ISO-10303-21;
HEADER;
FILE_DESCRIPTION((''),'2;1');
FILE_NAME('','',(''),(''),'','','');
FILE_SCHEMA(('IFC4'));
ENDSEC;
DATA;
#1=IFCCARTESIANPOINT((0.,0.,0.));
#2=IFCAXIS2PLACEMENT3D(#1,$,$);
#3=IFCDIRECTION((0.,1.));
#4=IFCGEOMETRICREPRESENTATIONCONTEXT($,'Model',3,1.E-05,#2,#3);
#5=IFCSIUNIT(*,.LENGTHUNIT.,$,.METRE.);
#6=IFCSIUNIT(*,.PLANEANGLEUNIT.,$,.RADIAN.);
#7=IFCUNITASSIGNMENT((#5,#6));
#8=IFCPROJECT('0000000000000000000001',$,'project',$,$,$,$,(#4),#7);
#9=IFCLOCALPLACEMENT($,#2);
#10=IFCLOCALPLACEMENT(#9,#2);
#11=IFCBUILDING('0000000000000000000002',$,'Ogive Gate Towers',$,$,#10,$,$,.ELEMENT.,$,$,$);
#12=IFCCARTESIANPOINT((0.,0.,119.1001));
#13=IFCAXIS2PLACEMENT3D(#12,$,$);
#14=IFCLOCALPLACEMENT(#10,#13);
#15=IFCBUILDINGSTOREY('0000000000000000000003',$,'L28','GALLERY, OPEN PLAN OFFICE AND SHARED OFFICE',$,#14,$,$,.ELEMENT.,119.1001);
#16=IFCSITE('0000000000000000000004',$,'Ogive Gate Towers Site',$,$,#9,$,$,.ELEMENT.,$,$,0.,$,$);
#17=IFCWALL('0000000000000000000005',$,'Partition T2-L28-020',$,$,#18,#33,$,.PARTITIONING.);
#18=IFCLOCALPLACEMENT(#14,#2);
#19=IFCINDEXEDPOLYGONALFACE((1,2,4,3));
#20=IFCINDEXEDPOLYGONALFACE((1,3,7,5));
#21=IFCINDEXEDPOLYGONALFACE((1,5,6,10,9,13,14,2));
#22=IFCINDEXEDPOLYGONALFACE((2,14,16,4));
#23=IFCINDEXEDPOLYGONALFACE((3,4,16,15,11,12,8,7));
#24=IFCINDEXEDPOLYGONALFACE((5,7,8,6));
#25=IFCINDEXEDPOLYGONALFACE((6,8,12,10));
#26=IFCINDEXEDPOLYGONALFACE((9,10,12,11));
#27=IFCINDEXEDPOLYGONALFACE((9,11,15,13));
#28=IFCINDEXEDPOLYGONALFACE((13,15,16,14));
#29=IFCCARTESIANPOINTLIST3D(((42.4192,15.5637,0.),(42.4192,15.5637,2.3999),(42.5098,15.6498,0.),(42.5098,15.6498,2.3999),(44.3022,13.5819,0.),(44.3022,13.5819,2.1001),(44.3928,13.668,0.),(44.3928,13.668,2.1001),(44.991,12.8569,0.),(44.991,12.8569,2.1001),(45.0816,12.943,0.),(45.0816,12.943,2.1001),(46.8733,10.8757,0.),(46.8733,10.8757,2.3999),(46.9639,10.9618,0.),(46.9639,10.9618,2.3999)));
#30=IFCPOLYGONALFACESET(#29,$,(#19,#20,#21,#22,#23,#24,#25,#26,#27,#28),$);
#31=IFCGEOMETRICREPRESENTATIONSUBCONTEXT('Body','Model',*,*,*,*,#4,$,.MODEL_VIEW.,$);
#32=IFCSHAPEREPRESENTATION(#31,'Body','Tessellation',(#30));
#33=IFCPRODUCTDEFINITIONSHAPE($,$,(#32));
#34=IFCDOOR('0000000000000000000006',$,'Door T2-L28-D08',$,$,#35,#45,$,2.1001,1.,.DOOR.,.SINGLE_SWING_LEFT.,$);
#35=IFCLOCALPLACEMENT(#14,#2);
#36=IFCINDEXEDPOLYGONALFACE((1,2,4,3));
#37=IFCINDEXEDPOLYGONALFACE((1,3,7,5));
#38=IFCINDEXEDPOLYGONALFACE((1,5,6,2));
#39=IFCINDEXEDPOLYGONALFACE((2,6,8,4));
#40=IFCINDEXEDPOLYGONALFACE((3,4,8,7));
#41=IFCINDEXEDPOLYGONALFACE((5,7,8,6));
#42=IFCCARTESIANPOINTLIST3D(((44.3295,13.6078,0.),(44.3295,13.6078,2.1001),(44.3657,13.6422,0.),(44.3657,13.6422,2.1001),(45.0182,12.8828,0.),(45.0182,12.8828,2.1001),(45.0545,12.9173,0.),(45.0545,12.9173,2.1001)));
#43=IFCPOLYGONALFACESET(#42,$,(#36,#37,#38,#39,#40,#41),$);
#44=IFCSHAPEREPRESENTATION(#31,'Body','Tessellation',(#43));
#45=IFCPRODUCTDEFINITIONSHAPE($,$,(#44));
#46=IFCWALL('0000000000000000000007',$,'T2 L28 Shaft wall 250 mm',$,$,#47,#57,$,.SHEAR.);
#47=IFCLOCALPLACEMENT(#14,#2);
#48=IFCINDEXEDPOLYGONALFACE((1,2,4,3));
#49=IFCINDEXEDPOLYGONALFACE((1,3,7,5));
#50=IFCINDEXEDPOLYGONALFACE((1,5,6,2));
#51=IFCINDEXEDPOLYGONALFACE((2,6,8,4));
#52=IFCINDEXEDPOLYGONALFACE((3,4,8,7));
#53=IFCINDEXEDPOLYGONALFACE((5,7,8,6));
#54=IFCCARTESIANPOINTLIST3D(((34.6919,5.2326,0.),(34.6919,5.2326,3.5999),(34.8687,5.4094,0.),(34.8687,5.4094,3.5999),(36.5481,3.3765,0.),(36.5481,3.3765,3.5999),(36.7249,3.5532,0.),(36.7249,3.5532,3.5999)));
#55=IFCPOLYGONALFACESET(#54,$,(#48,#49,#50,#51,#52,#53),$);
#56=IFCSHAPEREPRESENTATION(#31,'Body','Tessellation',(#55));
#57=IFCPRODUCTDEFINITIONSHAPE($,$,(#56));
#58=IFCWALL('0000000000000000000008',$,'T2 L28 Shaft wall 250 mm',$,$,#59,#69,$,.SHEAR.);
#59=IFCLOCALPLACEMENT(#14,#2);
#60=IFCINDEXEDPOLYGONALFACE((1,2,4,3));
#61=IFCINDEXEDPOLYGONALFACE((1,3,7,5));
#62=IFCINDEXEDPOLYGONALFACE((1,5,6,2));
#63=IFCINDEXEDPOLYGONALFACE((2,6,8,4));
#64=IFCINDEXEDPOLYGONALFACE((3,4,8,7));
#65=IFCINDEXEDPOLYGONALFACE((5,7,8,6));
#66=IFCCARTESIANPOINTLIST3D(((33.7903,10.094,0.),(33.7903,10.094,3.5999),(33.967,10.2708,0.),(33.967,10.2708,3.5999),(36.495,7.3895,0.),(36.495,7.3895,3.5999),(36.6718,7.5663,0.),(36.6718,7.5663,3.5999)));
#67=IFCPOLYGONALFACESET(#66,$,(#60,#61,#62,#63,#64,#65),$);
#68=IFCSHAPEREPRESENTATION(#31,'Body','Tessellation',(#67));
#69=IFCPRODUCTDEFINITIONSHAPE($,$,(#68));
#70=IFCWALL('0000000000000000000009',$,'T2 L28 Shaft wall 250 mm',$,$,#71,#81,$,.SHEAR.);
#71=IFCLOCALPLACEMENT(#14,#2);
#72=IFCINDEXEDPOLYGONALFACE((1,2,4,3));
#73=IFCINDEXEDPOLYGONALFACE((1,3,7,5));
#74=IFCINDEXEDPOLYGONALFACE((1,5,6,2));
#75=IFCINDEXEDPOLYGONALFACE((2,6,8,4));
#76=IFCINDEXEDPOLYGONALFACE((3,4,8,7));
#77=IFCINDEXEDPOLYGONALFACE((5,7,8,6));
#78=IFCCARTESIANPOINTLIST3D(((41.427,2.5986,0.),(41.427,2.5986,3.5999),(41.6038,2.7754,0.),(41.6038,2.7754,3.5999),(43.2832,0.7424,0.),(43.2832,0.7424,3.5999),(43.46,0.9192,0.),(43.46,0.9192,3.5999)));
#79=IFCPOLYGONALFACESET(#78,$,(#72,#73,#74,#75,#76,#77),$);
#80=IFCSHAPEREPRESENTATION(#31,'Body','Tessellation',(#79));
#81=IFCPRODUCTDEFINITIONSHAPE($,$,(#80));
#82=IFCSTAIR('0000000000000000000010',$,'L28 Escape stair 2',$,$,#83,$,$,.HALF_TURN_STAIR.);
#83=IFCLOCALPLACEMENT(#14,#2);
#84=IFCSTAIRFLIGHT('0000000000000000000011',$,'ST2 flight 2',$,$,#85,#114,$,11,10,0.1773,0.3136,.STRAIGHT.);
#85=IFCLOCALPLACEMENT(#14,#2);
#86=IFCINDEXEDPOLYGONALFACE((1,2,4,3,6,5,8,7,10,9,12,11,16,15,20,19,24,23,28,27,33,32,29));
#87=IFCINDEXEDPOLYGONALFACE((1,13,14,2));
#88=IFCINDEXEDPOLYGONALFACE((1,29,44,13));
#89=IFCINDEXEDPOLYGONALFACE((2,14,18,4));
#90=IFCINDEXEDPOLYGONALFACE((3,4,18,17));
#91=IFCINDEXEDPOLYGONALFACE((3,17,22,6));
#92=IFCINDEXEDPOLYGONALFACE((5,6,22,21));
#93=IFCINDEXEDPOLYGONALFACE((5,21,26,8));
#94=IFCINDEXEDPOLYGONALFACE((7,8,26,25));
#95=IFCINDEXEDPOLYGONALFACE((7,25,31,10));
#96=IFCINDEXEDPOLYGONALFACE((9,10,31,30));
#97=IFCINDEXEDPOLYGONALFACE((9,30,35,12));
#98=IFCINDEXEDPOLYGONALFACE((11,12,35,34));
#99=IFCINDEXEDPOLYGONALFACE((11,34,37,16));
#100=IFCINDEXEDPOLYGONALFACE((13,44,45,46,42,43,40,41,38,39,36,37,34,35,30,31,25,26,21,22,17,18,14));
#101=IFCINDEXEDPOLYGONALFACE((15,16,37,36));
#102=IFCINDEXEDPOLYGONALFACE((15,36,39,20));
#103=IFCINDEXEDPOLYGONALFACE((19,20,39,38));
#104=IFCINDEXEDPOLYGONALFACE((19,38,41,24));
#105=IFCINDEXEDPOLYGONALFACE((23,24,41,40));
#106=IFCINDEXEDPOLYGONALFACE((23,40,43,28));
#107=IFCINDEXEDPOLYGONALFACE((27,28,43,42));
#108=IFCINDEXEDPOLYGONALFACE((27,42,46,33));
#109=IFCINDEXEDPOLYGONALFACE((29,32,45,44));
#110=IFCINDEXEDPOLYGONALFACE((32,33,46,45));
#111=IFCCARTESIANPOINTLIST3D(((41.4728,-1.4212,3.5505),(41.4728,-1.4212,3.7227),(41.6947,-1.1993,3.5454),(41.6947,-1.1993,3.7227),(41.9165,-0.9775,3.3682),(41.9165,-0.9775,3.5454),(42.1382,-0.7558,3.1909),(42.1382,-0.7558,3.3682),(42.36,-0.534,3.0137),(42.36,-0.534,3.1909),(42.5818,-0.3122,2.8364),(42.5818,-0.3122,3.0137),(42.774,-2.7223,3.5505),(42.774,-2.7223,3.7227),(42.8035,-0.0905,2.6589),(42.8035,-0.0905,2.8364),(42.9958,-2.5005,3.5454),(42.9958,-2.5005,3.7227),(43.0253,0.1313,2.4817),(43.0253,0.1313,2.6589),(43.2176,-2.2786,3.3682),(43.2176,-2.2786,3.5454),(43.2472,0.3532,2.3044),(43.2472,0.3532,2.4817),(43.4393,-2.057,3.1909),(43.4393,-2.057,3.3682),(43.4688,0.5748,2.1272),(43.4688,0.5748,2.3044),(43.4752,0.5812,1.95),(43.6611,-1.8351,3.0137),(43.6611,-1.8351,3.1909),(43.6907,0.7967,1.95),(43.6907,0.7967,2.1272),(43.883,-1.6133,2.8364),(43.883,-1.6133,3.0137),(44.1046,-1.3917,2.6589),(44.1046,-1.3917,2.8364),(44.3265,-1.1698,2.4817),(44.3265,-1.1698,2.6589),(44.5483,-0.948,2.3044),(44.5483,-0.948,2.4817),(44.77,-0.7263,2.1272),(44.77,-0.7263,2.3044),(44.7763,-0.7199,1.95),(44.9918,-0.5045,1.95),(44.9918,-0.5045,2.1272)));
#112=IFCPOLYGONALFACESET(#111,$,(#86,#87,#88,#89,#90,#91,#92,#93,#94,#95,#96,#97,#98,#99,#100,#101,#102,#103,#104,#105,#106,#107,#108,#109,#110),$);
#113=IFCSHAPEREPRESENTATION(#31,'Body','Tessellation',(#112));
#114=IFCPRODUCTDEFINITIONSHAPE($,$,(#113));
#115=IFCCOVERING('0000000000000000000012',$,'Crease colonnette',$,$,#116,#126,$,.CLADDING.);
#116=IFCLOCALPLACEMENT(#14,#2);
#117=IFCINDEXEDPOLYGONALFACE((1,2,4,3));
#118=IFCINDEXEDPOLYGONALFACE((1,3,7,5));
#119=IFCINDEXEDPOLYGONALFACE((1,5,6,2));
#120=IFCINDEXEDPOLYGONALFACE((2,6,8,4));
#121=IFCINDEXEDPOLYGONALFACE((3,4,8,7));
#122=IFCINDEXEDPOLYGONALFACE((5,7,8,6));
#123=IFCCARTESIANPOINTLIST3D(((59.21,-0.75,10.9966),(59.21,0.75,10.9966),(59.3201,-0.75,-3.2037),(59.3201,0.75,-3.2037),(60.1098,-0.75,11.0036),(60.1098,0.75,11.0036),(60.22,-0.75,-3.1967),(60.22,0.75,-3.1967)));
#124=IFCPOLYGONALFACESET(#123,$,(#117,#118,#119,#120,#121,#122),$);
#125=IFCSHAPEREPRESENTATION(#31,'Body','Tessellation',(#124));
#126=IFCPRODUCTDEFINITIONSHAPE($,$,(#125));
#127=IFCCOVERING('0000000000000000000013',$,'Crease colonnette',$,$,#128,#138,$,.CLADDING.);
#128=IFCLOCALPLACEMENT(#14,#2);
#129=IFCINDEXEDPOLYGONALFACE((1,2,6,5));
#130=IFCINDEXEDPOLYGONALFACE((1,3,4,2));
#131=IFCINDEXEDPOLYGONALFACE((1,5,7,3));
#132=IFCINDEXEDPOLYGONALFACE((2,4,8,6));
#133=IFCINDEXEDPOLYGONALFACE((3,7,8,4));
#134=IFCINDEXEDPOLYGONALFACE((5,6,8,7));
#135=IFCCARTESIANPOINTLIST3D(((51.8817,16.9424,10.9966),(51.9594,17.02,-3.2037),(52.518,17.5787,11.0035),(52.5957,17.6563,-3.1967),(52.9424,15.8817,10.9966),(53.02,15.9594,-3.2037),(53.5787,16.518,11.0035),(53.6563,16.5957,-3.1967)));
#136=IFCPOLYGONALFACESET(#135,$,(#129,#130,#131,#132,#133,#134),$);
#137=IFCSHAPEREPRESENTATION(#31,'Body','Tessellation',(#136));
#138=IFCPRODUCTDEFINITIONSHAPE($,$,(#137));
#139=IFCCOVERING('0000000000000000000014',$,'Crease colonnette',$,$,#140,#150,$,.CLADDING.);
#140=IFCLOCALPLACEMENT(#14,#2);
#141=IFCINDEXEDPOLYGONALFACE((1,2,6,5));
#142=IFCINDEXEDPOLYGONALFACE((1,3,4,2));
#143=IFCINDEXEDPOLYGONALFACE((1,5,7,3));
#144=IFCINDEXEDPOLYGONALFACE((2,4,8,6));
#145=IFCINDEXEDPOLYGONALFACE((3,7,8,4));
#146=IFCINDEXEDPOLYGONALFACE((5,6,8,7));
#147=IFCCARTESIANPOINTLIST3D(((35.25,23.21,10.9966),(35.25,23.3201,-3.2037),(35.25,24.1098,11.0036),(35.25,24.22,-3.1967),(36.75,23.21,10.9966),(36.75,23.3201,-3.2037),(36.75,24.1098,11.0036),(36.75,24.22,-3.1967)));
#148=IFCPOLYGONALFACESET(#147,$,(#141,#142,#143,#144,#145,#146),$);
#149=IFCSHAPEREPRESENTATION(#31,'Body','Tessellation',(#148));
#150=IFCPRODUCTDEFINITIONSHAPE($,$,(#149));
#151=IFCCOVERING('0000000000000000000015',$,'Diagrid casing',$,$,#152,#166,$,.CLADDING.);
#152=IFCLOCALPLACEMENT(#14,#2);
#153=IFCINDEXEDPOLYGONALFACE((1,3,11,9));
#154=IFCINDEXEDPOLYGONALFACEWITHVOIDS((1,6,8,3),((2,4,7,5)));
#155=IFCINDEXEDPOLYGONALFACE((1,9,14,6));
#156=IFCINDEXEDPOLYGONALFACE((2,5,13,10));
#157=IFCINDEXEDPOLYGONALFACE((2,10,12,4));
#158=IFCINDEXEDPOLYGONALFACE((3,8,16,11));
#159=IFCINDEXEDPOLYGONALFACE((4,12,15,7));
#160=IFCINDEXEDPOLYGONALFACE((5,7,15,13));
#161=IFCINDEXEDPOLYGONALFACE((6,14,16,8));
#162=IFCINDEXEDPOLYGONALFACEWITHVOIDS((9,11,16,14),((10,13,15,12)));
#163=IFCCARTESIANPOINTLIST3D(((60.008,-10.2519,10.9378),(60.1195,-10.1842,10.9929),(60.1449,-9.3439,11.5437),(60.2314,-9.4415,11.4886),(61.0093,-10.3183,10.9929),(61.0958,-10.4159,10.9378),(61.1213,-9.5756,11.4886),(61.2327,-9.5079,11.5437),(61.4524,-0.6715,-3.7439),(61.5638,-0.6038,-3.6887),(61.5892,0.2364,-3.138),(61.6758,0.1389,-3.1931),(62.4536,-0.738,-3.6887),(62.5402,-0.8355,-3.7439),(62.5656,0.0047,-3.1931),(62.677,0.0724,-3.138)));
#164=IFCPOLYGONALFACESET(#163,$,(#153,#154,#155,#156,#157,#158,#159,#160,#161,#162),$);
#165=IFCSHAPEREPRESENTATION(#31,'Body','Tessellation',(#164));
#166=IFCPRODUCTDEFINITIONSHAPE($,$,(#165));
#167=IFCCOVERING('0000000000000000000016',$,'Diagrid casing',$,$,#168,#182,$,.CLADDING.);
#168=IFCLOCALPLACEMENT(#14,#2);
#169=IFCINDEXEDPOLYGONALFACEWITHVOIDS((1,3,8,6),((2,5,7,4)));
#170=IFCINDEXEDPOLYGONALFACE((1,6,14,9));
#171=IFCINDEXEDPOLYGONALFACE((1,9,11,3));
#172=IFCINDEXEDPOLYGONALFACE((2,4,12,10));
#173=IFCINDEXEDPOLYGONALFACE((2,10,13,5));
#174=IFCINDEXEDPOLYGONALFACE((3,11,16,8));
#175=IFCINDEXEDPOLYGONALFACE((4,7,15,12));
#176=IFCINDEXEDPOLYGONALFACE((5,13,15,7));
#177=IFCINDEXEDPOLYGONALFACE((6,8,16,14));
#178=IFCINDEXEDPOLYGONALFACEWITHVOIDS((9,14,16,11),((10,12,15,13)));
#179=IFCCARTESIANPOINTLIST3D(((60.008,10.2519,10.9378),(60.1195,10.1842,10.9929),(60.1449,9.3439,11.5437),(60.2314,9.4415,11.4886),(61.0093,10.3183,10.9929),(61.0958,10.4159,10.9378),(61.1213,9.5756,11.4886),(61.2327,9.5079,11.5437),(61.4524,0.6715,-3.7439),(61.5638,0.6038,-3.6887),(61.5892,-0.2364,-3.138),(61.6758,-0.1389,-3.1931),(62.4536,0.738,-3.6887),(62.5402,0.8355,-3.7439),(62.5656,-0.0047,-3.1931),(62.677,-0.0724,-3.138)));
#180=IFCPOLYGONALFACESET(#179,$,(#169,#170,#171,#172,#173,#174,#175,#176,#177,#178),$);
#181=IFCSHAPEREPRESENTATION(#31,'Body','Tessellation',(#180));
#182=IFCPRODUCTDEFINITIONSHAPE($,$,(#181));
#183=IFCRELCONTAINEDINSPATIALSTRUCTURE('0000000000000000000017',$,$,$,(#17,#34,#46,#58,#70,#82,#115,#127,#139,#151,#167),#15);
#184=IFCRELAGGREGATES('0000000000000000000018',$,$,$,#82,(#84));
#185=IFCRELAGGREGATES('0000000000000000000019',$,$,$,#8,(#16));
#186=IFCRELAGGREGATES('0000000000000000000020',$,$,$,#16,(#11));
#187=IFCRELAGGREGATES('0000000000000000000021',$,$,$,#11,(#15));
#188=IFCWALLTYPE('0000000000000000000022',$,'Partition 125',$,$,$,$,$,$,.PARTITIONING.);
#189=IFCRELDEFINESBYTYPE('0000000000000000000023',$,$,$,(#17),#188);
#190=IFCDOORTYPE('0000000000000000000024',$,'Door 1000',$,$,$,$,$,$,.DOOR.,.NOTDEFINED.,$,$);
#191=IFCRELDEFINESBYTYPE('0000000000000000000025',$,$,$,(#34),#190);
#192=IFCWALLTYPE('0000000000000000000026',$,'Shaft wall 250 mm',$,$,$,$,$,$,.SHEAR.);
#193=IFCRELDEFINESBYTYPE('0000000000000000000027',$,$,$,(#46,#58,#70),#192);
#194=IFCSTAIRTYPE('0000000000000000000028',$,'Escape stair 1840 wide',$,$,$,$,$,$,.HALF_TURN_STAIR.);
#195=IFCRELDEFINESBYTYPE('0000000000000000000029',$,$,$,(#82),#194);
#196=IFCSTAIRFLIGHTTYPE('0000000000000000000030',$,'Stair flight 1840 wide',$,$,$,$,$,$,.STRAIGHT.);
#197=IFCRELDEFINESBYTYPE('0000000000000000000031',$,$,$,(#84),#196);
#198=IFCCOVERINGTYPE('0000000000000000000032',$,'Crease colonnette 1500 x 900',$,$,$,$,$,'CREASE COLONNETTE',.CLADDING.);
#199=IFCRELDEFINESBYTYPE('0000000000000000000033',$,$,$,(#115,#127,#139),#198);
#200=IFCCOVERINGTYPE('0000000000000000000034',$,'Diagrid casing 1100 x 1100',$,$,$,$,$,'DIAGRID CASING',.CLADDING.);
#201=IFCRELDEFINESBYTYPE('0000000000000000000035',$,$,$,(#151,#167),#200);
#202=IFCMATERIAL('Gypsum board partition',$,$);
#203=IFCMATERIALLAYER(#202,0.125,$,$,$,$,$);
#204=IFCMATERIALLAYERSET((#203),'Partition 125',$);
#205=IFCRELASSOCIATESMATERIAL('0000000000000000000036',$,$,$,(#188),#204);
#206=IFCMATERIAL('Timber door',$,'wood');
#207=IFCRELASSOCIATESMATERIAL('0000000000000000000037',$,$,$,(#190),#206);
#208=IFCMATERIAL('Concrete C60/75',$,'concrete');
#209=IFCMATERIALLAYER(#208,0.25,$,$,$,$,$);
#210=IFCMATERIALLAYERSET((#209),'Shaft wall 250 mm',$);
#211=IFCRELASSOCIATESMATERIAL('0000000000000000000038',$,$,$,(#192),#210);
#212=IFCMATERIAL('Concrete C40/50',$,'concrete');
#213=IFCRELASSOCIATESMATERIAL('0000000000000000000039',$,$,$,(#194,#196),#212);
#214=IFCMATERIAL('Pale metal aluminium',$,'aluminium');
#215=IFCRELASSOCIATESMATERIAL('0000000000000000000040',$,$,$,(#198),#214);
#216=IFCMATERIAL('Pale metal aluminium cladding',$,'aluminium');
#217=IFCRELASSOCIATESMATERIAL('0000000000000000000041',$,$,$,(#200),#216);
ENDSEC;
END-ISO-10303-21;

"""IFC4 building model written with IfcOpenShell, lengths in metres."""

from ifc_helpers import new_model, si_unit, direction, frame, frame_2d, origin, origin_2d, place, context, subcontext, project, spatial, polyline, rectangle, hollow_rectangle, outline, extrude, material, layer, layer_set, material_profile, profile_set, type_object, element, fill, aggregate, save


model = new_model("IFC4")

# Units and contexts
model_context = context("Model", 3, precision=1e-05, world=origin(), true_north=direction((0.0, 1.0)))
body_context = subcontext(model_context, "Body", "Model", "MODEL_VIEW")
ifc_project = project(units=[si_unit("LENGTHUNIT", "METRE"), si_unit("PLANEANGLEUNIT", "RADIAN")], contexts=[model_context])

# Site, building, storey
site_placement = place(None, origin())
site = spatial("IfcSite", under=ifc_project, at=site_placement, Name="Ogive Gate Towers Site", CompositionType="ELEMENT", RefElevation=0.0)
building_placement = place(site_placement, origin())
building = spatial("IfcBuilding", under=site, at=building_placement, Name="Ogive Gate Towers", CompositionType="ELEMENT")
storey_placement = place(building_placement, frame((0.0, 0.0, 119.1001)))
storey = spatial("IfcBuildingStorey", under=building, at=storey_placement, Name="L28", Description="GALLERY, OPEN PLAN OFFICE AND SHARED OFFICE", CompositionType="ELEMENT", Elevation=119.1001)

# Shared definitions
ifc_material_1 = material(Name="Timber door", Category="wood")
ifc_material_2 = material(Name="Concrete C60/75", Category="concrete")

# Shared definitions
ifc_material_3 = material(Name="Gypsum board partition")
ifc_layer_1 = layer(ifc_material_3, 0.125)
ifc_layer_set_1 = layer_set([ifc_layer_1], Name="Partition 125")
wall_type_1 = type_object("IfcWallType", Name="Partition 125", PredefinedType="PARTITIONING", material=ifc_layer_set_1)

# Wall, opening, door
wall_1_placement = place(storey_placement, frame((46.9187, 10.9187, 0.0), z_axis=(0.0, 0.0, 1.0), x_axis=(-0.688791, 0.72496, 0.0)))
wall_1 = element("IfcWall", 1, at=wall_1_placement, inside=storey, type_object=wall_type_1, Name="Partition T2-L28-020", PredefinedType="PARTITIONING", context=body_context, shape_type="SweptSolid", body=[
    extrude(rectangle(XDim=6.4666, YDim=0.125, at=frame_2d((3.2334, 0.0))), origin(), (0.0, 0.0, 1.0), 2.3999),
])
opening_1_placement = place(wall_1_placement, frame((2.7329, 0.0, 0.0)))
opening_1 = element("IfcOpeningElement", 2, at=opening_1_placement, cuts=wall_1, PredefinedType="OPENING", context=body_context, shape_type="SweptSolid", body=[
    extrude(rectangle(XDim=1.0, YDim=2.1001, at=frame_2d((0.5, 1.05))), frame((0.0, 0.0725, 0.0), z_axis=(0.0, -1.0, 0.0), x_axis=(1.0, 0.0, 0.0)), (0.0, 0.0, 1.0), 0.145),
])
door_type_1 = type_object("IfcDoorType", Name="Door 1000", OperationType="NOTDEFINED", PredefinedType="DOOR", material=ifc_material_1)
door_1_placement = place(opening_1_placement, origin())
door_1 = element("IfcDoor", 3, at=door_1_placement, inside=storey, type_object=door_type_1, Name="Door T2-L28-D08", OperationType="SINGLE_SWING_LEFT", OverallHeight=2.1001, OverallWidth=1.0, PredefinedType="DOOR", context=body_context, shape_type="SweptSolid", body=[
    extrude(rectangle(XDim=1.0, YDim=2.1001, at=frame_2d((0.5, 1.05))), frame((0.0, 0.0249, 0.0), z_axis=(0.0, -1.0, 0.0), x_axis=(1.0, 0.0, 0.0)), (0.0, 0.0, 1.0), 0.05),
])
fill(opening_1, door_1)

# Walls
ifc_layer_2 = layer(ifc_material_2, 0.25)
ifc_layer_set_2 = layer_set([ifc_layer_2], Name="Shaft wall 250 mm")
wall_type_2 = type_object("IfcWallType", Name="Shaft wall 250 mm", PredefinedType="SHEAR", material=ifc_layer_set_2)
wall_2_placement = place(storey_placement, frame((36.6365, 3.4648, 0.0), z_axis=(0.0, 0.0, 1.0), x_axis=(-0.707107, 0.707107, 0.0)))
element("IfcWall", 4, at=wall_2_placement, inside=storey, type_object=wall_type_2, Name="T2 L28 Shaft wall 250 mm", PredefinedType="SHEAR", context=body_context, shape_type="SweptSolid", body=[
    extrude(rectangle(XDim=2.625, YDim=0.25, at=frame_2d((1.3125, 0.0))), origin(), (0.0, 0.0, 1.0), 3.5999),
])
wall_3_placement = place(storey_placement, frame((36.5835, 7.4778, 0.0), z_axis=(0.0, 0.0, 1.0), x_axis=(-0.707139, 0.707075, 0.0)))
element("IfcWall", 5, at=wall_3_placement, inside=storey, type_object=wall_type_2, Name="T2 L28 Shaft wall 250 mm", PredefinedType="SHEAR", context=body_context, shape_type="SweptSolid", body=[
    extrude(rectangle(XDim=3.825, YDim=0.25, at=frame_2d((1.9126, 0.0))), origin(), (0.0, 0.0, 1.0), 3.5999),
])
wall_4_placement = place(storey_placement, frame((43.3716, 0.8308, 0.0), z_axis=(0.0, 0.0, 1.0), x_axis=(-0.707107, 0.707107, 0.0)))
element("IfcWall", 6, at=wall_4_placement, inside=storey, type_object=wall_type_2, Name="T2 L28 Shaft wall 250 mm", PredefinedType="SHEAR", context=body_context, shape_type="SweptSolid", body=[
    extrude(rectangle(XDim=2.625, YDim=0.25, at=frame_2d((1.3125, 0.0))), origin(), (0.0, 0.0, 1.0), 3.5999),
])

# Stair, stair flight
ifc_material_4 = material(Name="Concrete C40/50", Category="concrete")
stair_type = type_object("IfcStairType", Name="Escape stair 1840 wide", PredefinedType="HALF_TURN_STAIR", material=ifc_material_4)
stair_placement = place(storey_placement, origin())
stair = element("IfcStair", 7, at=stair_placement, inside=storey, type_object=stair_type, Name="L28 Escape stair 2", PredefinedType="HALF_TURN_STAIR")
stair_flight_type = type_object("IfcStairFlightType", Name="Stair flight 1840 wide", PredefinedType="STRAIGHT", material=ifc_material_4)
stair_flight_placement = place(storey_placement, frame((44.3413, 0.146, 1.95), z_axis=(0.0, 0.0, 1.0), x_axis=(-0.707107, -0.707107, 0.0)))
stair_flight = element("IfcStairFlight", 8, at=stair_flight_placement, type_object=stair_flight_type, Name="ST2 flight 2", NumberOfRisers=11, NumberOfTreads=10, PredefinedType="STRAIGHT", RiserHeight=0.1773, TreadLength=0.3136, context=body_context, shape_type="SweptSolid", body=[
    extrude(outline(polyline([(0.0, 0.0), (0.0, 0.1772), (0.3137, 0.1772), (0.3137, 0.3545), (0.6272, 0.3545), (0.6272, 0.5317), (0.9409, 0.5317), (0.9409, 0.709), (1.2546, 0.709), (1.2546, 0.8865), (1.5681, 0.8865), (1.5681, 1.0637), (1.8818, 1.0637), (1.8818, 1.241), (2.1956, 1.241), (2.1956, 1.4182), (2.509, 1.4182), (2.509, 1.5955), (2.8228, 1.5955), (2.8228, 1.7727), (3.1365, 1.7727), (3.1365, 1.95), (3.1365, 1.6006), (0.3047, 0.0), (0.0, 0.0)])), frame((0.0, 0.9199, 0.0), z_axis=(0.0, -1.0, 0.0), x_axis=(1.0, 0.0, 0.0)), (0.0, 0.0, 1.0), 1.8401),
])
aggregate(stair, [stair_flight])

# Coverings
ifc_material_5 = material(Name="Pale metal aluminium", Category="aluminium")
ifc_material_profile_1 = material_profile(ifc_material_5, rectangle(XDim=1.5, YDim=0.8999, at=origin_2d()), Name="1500 x 900 pale metal aluminium")
ifc_profile_set_1 = profile_set([ifc_material_profile_1], Name="Pale metal aluminium")
covering_type_1 = type_object("IfcCoveringType", Name="Crease colonnette 1500 x 900", ElementType="CREASE COLONNETTE", PredefinedType="CLADDING", material=ifc_profile_set_1)
for number, where, z_axis, x_axis, name in (
    (9, (59.77, 0.0, -3.2002), (-0.007754, 0.0, 0.99997), (0.0, -1.0, 0.0), "Crease colonnette"),
    (10, (52.8079, 16.8079, -3.2002), (-0.005467, -0.005467, 0.99997), (0.707107, -0.707107, 0.0), "Crease colonnette"),
    (11, (36.0, 23.77, -3.2002), (0.0, -0.007754, 0.99997), (1.0, 0.0, 0.0), "Crease colonnette"),
):
    element("IfcCovering", number, at=place(storey_placement, frame(where, z_axis=z_axis, x_axis=x_axis)), inside=storey, type_object=covering_type_1, Name=name, PredefinedType="CLADDING", context=body_context, shape_type="SweptSolid", body=[
        extrude(rectangle(XDim=1.5, YDim=0.8999, at=origin_2d()), origin(), (0.0, 0.0, 1.0), 14.2007),
    ])
ifc_material_6 = material(Name="Pale metal aluminium cladding", Category="aluminium")
ifc_material_profile_2 = material_profile(ifc_material_6, hollow_rectangle(XDim=1.1001, YDim=1.1001, WallThickness=0.1001, at=origin_2d()), Name="1100 x 1100 pale metal casing")
ifc_profile_set_2 = profile_set([ifc_material_profile_2], Name="Pale metal aluminium cladding")
covering_type_2 = type_object("IfcCoveringType", Name="Diagrid casing 1100 x 1100", ElementType="DIAGRID CASING", PredefinedType="CLADDING", material=ifc_profile_set_2)
for number, where, z_axis, x_axis, name in (
    (12, (62.0647, -0.2996, -3.4409), (-0.08211, -0.544636, 0.834643), (0.988826, -0.149076, 0.0), "Diagrid casing"),
    (13, (62.0647, 0.2996, -3.4409), (-0.08211, 0.544636, 0.834643), (-0.988826, -0.149076, 0.0), "Diagrid casing"),
):
    element("IfcCovering", number, at=place(storey_placement, frame(where, z_axis=z_axis, x_axis=x_axis)), inside=storey, type_object=covering_type_2, Name=name, PredefinedType="CLADDING", context=body_context, shape_type="SweptSolid", body=[
        extrude(hollow_rectangle(XDim=1.1001, YDim=1.1001, WallThickness=0.1001, at=origin_2d()), origin(), (0.0, 0.0, 1.0), 17.5903),
    ])

save(model, "model.ifc")
